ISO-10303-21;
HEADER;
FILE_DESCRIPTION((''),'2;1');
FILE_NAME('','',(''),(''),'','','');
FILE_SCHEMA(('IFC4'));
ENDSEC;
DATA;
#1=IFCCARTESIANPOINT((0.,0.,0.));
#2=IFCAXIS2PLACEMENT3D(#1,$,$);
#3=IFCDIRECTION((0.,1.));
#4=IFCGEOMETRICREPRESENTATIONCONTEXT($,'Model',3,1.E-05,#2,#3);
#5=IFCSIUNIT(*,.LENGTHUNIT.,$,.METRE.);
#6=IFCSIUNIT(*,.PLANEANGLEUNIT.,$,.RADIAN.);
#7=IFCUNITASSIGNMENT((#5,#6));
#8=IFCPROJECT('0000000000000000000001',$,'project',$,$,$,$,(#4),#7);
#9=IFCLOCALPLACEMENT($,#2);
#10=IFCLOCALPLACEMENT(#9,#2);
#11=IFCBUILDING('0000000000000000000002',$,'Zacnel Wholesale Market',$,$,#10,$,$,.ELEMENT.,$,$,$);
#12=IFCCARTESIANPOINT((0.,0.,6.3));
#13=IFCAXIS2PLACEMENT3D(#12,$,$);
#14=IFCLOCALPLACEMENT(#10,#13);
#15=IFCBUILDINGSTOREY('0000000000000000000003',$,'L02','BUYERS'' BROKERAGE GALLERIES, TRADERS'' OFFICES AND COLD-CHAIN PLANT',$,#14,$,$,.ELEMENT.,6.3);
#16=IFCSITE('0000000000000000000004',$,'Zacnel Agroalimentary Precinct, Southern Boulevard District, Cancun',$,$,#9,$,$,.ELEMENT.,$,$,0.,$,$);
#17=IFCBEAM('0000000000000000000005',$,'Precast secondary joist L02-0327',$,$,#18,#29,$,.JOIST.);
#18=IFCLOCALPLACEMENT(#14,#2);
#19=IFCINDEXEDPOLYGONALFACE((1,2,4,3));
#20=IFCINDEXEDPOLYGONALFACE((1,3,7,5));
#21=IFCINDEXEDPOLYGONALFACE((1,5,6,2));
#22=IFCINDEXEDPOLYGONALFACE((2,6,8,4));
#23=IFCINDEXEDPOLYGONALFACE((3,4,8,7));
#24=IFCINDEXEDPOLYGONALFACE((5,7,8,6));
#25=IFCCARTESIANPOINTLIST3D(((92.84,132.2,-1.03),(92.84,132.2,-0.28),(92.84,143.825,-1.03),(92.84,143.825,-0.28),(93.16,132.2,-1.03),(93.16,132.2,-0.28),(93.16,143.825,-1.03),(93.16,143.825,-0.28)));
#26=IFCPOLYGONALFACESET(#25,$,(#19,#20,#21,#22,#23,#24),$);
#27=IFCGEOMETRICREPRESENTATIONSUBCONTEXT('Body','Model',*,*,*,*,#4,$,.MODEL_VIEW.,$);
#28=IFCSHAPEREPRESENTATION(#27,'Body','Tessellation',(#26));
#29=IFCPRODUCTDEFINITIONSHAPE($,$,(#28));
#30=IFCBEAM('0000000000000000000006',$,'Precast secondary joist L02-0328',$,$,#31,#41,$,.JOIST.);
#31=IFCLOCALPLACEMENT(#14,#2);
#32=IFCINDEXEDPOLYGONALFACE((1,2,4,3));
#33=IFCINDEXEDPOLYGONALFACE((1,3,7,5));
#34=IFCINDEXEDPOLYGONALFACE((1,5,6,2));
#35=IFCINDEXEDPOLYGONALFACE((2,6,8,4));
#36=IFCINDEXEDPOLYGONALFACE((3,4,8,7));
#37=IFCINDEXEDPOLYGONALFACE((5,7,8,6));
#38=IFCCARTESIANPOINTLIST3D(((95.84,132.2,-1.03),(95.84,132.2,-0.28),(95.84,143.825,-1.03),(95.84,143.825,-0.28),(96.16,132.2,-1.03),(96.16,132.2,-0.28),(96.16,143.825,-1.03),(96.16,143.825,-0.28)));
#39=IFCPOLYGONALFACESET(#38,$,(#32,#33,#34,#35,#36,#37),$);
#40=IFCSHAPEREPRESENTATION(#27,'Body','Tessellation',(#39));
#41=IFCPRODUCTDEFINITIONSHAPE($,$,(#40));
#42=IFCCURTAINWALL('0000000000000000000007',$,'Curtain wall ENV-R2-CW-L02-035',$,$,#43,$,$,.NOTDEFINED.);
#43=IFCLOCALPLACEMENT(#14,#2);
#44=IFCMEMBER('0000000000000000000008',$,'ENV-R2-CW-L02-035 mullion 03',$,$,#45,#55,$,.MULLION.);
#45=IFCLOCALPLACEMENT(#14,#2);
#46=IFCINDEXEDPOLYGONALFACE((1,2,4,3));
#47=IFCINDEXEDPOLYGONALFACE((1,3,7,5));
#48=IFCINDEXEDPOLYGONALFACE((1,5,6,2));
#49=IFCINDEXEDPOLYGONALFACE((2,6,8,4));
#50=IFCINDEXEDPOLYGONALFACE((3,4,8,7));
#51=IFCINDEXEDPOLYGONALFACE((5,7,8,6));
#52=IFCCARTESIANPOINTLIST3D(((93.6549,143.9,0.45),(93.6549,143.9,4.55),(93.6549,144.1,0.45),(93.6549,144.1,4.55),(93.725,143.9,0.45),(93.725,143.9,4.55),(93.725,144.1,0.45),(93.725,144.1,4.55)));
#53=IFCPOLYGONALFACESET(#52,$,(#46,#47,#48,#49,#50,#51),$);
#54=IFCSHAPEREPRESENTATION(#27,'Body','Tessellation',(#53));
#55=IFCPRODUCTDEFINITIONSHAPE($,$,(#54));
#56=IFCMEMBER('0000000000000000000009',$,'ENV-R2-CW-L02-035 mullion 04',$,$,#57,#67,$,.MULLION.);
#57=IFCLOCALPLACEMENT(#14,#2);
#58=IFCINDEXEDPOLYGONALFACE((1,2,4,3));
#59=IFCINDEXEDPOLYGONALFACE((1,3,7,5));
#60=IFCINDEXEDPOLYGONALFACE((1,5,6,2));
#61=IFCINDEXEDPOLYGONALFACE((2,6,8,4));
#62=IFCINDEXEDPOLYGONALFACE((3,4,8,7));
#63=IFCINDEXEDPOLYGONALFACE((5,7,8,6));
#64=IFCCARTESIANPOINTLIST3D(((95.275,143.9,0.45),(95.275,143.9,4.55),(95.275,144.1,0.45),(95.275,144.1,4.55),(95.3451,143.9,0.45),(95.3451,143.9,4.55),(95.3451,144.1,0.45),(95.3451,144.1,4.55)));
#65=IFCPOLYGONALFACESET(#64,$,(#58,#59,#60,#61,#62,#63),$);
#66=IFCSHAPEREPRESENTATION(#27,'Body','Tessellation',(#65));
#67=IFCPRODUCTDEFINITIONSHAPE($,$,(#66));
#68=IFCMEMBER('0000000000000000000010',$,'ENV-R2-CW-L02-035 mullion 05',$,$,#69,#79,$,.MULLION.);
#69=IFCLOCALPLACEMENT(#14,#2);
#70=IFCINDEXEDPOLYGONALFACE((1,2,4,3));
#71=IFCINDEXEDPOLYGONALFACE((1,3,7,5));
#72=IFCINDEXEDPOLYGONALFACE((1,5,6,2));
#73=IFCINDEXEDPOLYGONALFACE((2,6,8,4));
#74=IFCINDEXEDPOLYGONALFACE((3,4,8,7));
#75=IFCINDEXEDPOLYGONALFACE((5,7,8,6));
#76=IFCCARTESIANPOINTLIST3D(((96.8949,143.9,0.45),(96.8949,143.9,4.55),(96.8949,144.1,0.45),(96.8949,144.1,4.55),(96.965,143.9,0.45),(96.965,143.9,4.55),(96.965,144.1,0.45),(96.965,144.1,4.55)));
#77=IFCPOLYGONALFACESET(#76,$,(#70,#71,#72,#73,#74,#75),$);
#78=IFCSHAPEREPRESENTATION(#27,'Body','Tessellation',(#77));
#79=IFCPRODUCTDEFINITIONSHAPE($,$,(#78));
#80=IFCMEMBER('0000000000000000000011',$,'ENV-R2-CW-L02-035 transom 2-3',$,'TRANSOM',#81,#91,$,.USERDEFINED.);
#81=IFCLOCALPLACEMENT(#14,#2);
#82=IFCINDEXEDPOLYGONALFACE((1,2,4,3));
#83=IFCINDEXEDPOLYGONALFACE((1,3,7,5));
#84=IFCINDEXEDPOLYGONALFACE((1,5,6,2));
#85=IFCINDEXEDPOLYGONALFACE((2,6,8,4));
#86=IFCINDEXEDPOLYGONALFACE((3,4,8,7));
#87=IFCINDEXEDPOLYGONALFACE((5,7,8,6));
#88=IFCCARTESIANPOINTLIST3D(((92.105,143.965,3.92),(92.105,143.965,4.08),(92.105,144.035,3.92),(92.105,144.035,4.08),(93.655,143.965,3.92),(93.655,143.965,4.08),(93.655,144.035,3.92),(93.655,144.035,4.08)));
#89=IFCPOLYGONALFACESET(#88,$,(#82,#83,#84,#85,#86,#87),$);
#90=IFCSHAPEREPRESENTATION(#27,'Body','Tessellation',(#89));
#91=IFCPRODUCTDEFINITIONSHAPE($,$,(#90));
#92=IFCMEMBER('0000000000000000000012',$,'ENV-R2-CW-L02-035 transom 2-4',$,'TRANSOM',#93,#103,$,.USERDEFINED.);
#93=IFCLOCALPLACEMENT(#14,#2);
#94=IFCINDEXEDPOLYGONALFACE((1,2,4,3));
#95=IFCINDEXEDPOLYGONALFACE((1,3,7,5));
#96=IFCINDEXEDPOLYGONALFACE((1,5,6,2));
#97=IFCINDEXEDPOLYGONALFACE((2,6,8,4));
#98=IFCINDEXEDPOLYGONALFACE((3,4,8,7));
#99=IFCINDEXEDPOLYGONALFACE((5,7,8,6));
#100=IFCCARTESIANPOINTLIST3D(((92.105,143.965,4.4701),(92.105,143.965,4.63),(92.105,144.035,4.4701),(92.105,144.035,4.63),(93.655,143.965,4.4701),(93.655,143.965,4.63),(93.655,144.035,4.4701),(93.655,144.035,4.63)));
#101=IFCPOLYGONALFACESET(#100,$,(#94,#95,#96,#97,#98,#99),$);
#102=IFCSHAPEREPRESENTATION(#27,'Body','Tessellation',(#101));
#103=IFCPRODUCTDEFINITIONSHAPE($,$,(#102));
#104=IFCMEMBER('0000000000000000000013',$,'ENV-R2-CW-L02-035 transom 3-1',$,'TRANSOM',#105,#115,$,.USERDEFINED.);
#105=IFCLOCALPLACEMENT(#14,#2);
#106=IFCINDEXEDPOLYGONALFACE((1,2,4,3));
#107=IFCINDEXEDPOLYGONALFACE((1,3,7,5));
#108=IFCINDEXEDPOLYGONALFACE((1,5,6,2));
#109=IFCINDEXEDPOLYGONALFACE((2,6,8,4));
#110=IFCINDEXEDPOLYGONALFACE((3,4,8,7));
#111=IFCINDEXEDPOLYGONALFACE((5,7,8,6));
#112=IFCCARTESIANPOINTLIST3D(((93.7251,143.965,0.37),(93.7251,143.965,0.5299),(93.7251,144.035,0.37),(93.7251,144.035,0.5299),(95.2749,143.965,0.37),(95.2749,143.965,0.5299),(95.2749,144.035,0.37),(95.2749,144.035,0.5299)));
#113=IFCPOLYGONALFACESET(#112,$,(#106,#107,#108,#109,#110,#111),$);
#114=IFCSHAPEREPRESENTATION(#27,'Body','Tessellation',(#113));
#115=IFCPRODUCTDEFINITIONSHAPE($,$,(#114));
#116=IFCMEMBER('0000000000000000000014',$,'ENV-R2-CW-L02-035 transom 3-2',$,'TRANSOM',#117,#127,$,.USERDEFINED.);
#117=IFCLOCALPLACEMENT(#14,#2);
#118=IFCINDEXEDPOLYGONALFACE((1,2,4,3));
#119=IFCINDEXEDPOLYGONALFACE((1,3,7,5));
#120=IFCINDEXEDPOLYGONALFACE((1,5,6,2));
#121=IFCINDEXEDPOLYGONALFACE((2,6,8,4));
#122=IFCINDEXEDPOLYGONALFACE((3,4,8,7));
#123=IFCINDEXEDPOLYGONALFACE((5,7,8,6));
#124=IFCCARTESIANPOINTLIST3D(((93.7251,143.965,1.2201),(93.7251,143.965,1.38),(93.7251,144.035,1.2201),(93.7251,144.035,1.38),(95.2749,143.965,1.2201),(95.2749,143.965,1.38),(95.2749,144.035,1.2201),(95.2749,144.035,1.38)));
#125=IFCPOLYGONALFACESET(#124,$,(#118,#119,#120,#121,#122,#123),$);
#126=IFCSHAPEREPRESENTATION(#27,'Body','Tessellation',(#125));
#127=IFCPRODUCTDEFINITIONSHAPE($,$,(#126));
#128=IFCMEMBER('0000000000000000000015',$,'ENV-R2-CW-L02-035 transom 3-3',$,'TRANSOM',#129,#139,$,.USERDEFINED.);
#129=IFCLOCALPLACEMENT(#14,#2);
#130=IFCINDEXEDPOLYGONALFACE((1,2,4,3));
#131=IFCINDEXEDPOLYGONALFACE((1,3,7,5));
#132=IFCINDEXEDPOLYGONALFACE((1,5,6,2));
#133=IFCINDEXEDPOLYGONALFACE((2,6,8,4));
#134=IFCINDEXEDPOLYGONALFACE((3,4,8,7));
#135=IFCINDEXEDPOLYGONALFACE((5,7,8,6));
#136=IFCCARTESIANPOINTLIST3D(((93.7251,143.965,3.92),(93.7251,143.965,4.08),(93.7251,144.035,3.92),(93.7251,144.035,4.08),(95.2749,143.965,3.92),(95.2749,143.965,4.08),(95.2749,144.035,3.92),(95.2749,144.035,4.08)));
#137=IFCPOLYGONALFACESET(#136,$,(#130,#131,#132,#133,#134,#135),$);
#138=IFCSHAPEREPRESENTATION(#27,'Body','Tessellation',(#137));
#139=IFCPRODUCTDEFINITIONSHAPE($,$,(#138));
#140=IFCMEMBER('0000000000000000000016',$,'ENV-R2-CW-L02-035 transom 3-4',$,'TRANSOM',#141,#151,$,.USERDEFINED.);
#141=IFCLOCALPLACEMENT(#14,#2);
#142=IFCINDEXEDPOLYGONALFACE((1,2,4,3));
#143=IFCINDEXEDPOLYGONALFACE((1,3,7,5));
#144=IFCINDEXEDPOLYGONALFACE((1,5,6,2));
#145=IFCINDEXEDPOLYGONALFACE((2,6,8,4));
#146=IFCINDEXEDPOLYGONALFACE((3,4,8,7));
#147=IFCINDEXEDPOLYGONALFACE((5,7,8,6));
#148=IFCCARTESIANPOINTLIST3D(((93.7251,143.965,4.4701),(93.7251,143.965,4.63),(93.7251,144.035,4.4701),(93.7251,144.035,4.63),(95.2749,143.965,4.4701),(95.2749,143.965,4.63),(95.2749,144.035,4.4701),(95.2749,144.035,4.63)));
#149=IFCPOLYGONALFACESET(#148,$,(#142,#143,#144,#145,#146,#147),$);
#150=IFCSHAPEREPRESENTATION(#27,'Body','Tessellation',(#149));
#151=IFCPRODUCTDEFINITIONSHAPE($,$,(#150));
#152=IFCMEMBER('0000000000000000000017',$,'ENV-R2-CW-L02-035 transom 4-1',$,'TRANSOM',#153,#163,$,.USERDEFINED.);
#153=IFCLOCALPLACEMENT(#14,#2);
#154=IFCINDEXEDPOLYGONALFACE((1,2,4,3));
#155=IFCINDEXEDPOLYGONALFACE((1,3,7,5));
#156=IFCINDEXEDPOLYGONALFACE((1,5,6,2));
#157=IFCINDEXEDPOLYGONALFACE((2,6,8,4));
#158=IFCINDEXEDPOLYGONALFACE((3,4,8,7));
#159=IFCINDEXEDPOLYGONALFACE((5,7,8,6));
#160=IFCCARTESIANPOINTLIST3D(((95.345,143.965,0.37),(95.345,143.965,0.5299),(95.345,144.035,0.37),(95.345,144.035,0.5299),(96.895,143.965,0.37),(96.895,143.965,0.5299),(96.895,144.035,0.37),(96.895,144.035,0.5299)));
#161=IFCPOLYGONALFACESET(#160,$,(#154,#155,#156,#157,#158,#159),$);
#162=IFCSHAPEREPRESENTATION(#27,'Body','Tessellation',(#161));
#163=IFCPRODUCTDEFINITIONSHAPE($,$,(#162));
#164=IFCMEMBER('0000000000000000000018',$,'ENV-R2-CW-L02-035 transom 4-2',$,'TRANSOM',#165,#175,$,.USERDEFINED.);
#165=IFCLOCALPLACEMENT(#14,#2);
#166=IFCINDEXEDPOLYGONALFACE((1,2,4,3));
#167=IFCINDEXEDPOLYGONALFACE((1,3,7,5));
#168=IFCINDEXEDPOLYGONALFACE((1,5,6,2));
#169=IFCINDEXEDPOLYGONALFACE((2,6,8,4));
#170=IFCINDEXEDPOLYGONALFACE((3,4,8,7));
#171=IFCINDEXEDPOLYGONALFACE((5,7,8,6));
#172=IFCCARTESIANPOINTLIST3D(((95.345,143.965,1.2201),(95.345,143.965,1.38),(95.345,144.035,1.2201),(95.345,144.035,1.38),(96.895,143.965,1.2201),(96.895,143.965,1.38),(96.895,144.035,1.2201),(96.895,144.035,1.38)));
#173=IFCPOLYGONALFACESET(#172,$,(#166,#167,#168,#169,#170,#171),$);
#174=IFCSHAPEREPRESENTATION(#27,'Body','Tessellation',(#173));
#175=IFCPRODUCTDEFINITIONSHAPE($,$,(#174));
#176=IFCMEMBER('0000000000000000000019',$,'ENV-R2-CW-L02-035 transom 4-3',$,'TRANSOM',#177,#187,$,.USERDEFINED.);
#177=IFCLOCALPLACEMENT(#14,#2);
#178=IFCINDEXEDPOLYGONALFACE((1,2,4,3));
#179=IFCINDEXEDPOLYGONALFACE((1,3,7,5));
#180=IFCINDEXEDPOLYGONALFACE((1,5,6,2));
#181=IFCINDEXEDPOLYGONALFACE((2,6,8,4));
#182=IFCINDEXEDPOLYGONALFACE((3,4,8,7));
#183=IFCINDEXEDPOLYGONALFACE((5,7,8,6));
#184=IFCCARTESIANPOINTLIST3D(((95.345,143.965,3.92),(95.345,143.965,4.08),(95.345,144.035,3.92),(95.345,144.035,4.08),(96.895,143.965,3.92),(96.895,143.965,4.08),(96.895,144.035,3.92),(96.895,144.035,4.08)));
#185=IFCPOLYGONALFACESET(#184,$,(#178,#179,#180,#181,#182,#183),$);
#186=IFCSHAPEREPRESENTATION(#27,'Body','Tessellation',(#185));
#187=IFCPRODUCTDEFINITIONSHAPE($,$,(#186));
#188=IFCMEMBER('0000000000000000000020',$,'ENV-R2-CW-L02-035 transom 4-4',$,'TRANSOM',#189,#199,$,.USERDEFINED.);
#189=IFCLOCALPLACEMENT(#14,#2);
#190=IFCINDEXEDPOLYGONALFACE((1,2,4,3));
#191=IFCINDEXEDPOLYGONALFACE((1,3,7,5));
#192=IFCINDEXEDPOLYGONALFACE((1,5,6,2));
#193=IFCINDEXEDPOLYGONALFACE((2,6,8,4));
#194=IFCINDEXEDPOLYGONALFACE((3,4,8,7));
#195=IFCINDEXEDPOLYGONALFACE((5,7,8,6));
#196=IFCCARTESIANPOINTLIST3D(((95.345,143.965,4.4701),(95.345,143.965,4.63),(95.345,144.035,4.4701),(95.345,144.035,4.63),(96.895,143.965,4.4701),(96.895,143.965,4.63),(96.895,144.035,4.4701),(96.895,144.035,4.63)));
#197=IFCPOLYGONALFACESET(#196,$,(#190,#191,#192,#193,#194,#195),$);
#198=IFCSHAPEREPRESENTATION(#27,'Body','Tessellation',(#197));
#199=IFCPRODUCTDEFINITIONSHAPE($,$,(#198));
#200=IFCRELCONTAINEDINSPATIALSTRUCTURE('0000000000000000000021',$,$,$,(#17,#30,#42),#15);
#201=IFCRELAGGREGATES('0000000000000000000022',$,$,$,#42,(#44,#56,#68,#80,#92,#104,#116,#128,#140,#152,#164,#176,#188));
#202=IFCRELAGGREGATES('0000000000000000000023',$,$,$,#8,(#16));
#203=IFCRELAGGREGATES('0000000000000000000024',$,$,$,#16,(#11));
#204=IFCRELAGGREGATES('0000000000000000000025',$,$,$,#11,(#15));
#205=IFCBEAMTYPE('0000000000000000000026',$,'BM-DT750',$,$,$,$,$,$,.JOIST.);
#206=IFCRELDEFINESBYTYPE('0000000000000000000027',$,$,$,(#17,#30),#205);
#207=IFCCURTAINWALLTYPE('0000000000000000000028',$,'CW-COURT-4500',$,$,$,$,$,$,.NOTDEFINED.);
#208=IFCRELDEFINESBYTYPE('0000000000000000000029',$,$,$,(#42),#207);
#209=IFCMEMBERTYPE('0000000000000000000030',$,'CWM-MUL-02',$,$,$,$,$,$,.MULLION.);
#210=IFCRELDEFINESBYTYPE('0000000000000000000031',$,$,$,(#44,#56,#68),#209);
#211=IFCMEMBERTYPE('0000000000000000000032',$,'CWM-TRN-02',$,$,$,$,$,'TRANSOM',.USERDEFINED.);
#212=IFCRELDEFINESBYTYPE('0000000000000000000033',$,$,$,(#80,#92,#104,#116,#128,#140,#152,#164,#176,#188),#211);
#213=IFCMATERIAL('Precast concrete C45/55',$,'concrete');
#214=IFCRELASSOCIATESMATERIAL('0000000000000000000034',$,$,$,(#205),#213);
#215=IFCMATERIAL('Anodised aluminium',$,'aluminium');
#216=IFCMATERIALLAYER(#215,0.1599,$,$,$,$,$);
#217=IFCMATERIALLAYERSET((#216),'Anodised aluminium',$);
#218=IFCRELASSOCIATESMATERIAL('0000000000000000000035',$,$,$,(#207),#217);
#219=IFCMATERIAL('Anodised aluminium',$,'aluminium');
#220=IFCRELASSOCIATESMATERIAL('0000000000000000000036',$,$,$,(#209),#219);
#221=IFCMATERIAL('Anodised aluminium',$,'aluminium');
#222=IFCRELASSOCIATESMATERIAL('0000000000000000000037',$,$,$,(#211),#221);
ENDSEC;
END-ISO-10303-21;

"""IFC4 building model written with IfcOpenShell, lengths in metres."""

from ifc_helpers import new_model, si_unit, direction, frame, origin, origin_2d, place, context, subcontext, project, spatial, rectangle, extrude, material, layer, layer_set, material_profile, profile_set, type_object, element, aggregate, save


model = new_model("IFC4")

# Units and contexts
model_context = context("Model", 3, precision=1e-05, world=origin(), true_north=direction((0.0, 1.0)))
body_context = subcontext(model_context, "Body", "Model", "MODEL_VIEW")
ifc_project = project(units=[si_unit("LENGTHUNIT", "METRE"), si_unit("PLANEANGLEUNIT", "RADIAN")], contexts=[model_context])

# Site, building, storey
site_placement = place(None, origin())
site = spatial("IfcSite", under=ifc_project, at=site_placement, Name="Zacnel Agroalimentary Precinct, Southern Boulevard District, Cancun", CompositionType="ELEMENT", RefElevation=0.0)
building_placement = place(site_placement, origin())
building = spatial("IfcBuilding", under=site, at=building_placement, Name="Zacnel Wholesale Market", CompositionType="ELEMENT")
storey_placement = place(building_placement, frame((0.0, 0.0, 6.3)))
storey = spatial("IfcBuildingStorey", under=building, at=storey_placement, Name="L02", Description="BUYERS' BROKERAGE GALLERIES, TRADERS' OFFICES AND COLD-CHAIN PLANT", CompositionType="ELEMENT", Elevation=6.3)

# Beams
ifc_material_1 = material(Name="Precast concrete C45/55", Category="concrete")
ifc_material_profile_1 = material_profile(ifc_material_1, rectangle(XDim=0.3201, YDim=0.75, at=origin_2d()), Name="DT RIB 320x750")
ifc_profile_set_1 = profile_set([ifc_material_profile_1], Name="Precast concrete C45/55")
beam_type = type_object("IfcBeamType", Name="BM-DT750", PredefinedType="JOIST", material=ifc_profile_set_1)
for number, where, z_axis, x_axis, name in (
    (1, (93.0, 132.2, -0.655), (0.0, 1.0, 0.0), (-1.0, 0.0, 0.0), "Precast secondary joist L02-0327"),
    (2, (96.0, 132.2, -0.655), (0.0, 1.0, 0.0), (-1.0, 0.0, 0.0), "Precast secondary joist L02-0328"),
):
    element("IfcBeam", number, at=place(storey_placement, frame(where, z_axis=z_axis, x_axis=x_axis)), inside=storey, type_object=beam_type, Name=name, PredefinedType="JOIST", context=body_context, shape_type="SweptSolid", body=[
        extrude(rectangle(XDim=0.3201, YDim=0.75, at=origin_2d()), origin(), (0.0, 0.0, 1.0), 11.625),
    ])

# Curtain wall, members
ifc_material_2 = material(Name="Anodised aluminium", Category="aluminium")
ifc_layer_1 = layer(ifc_material_2, 0.1599)
ifc_layer_set_1 = layer_set([ifc_layer_1], Name="Anodised aluminium")
curtain_wall_type = type_object("IfcCurtainWallType", Name="CW-COURT-4500", PredefinedType="NOTDEFINED", material=ifc_layer_set_1)
curtain_wall_placement = place(storey_placement, origin())
curtain_wall = element("IfcCurtainWall", 3, at=curtain_wall_placement, inside=storey, type_object=curtain_wall_type, Name="Curtain wall ENV-R2-CW-L02-035", PredefinedType="NOTDEFINED")
ifc_material_3 = material(Name="Anodised aluminium", Category="aluminium")
ifc_material_profile_2 = material_profile(ifc_material_3, rectangle(XDim=0.0701, YDim=0.2, at=origin_2d()), Name="AW-MULLION 70x200")
ifc_profile_set_2 = profile_set([ifc_material_profile_2], Name="Anodised aluminium")
member_type_1 = type_object("IfcMemberType", Name="CWM-MUL-02", PredefinedType="MULLION", material=ifc_profile_set_2)
member_1_placement = place(storey_placement, frame((93.6899, 144.0, 0.45), z_axis=(0.0, 0.0, 1.0), x_axis=(1.0, 0.0, 0.0)))
member_1 = element("IfcMember", 4, at=member_1_placement, type_object=member_type_1, Name="ENV-R2-CW-L02-035 mullion 03", PredefinedType="MULLION", context=body_context, shape_type="SweptSolid", body=[
    extrude(rectangle(XDim=0.0701, YDim=0.2, at=origin_2d()), origin(), (0.0, 0.0, 1.0), 4.1001),
])
member_2_placement = place(storey_placement, frame((95.3101, 144.0, 0.45), z_axis=(0.0, 0.0, 1.0), x_axis=(1.0, 0.0, 0.0)))
member_2 = element("IfcMember", 5, at=member_2_placement, type_object=member_type_1, Name="ENV-R2-CW-L02-035 mullion 04", PredefinedType="MULLION", context=body_context, shape_type="SweptSolid", body=[
    extrude(rectangle(XDim=0.0701, YDim=0.2, at=origin_2d()), origin(), (0.0, 0.0, 1.0), 4.1001),
])
member_3_placement = place(storey_placement, frame((96.9299, 144.0, 0.45), z_axis=(0.0, 0.0, 1.0), x_axis=(1.0, 0.0, 0.0)))
member_3 = element("IfcMember", 6, at=member_3_placement, type_object=member_type_1, Name="ENV-R2-CW-L02-035 mullion 05", PredefinedType="MULLION", context=body_context, shape_type="SweptSolid", body=[
    extrude(rectangle(XDim=0.0701, YDim=0.2, at=origin_2d()), origin(), (0.0, 0.0, 1.0), 4.1001),
])
ifc_material_4 = material(Name="Anodised aluminium", Category="aluminium")
ifc_material_profile_3 = material_profile(ifc_material_4, rectangle(XDim=0.0701, YDim=0.1599, at=origin_2d()), Name="AW-TRANSOM 70x160")
ifc_profile_set_3 = profile_set([ifc_material_profile_3], Name="Anodised aluminium")
member_type_2 = type_object("IfcMemberType", Name="CWM-TRN-02", ElementType="TRANSOM", PredefinedType="USERDEFINED", material=ifc_profile_set_3)
member_4_placement = place(storey_placement, frame((92.105, 144.0, 4.0), z_axis=(1.0, 0.0, 0.0), x_axis=(0.0, 1.0, 0.0)))
member_4 = element("IfcMember", 7, at=member_4_placement, type_object=member_type_2, Name="ENV-R2-CW-L02-035 transom 2-3", ObjectType="TRANSOM", PredefinedType="USERDEFINED", context=body_context, shape_type="SweptSolid", body=[
    extrude(rectangle(XDim=0.0701, YDim=0.1599, at=origin_2d()), origin(), (0.0, 0.0, 1.0), 1.55),
])
member_5_placement = place(storey_placement, frame((92.105, 144.0, 4.55), z_axis=(1.0, 0.0, 0.0), x_axis=(0.0, 1.0, 0.0)))
member_5 = element("IfcMember", 8, at=member_5_placement, type_object=member_type_2, Name="ENV-R2-CW-L02-035 transom 2-4", ObjectType="TRANSOM", PredefinedType="USERDEFINED", context=body_context, shape_type="SweptSolid", body=[
    extrude(rectangle(XDim=0.0701, YDim=0.1599, at=origin_2d()), origin(), (0.0, 0.0, 1.0), 1.55),
])
member_6_placement = place(storey_placement, frame((93.7251, 144.0, 0.45), z_axis=(1.0, 0.0, 0.0), x_axis=(0.0, 1.0, 0.0)))
member_6 = element("IfcMember", 9, at=member_6_placement, type_object=member_type_2, Name="ENV-R2-CW-L02-035 transom 3-1", ObjectType="TRANSOM", PredefinedType="USERDEFINED", context=body_context, shape_type="SweptSolid", body=[
    extrude(rectangle(XDim=0.0701, YDim=0.1599, at=origin_2d()), origin(), (0.0, 0.0, 1.0), 1.5498),
])
member_7_placement = place(storey_placement, frame((93.7251, 144.0, 1.3), z_axis=(1.0, 0.0, 0.0), x_axis=(0.0, 1.0, 0.0)))
member_7 = element("IfcMember", 10, at=member_7_placement, type_object=member_type_2, Name="ENV-R2-CW-L02-035 transom 3-2", ObjectType="TRANSOM", PredefinedType="USERDEFINED", context=body_context, shape_type="SweptSolid", body=[
    extrude(rectangle(XDim=0.0701, YDim=0.1599, at=origin_2d()), origin(), (0.0, 0.0, 1.0), 1.5498),
])
member_8_placement = place(storey_placement, frame((93.7251, 144.0, 4.0), z_axis=(1.0, 0.0, 0.0), x_axis=(0.0, 1.0, 0.0)))
member_8 = element("IfcMember", 11, at=member_8_placement, type_object=member_type_2, Name="ENV-R2-CW-L02-035 transom 3-3", ObjectType="TRANSOM", PredefinedType="USERDEFINED", context=body_context, shape_type="SweptSolid", body=[
    extrude(rectangle(XDim=0.0701, YDim=0.1599, at=origin_2d()), origin(), (0.0, 0.0, 1.0), 1.5498),
])
member_9_placement = place(storey_placement, frame((93.7251, 144.0, 4.55), z_axis=(1.0, 0.0, 0.0), x_axis=(0.0, 1.0, 0.0)))
member_9 = element("IfcMember", 12, at=member_9_placement, type_object=member_type_2, Name="ENV-R2-CW-L02-035 transom 3-4", ObjectType="TRANSOM", PredefinedType="USERDEFINED", context=body_context, shape_type="SweptSolid", body=[
    extrude(rectangle(XDim=0.0701, YDim=0.1599, at=origin_2d()), origin(), (0.0, 0.0, 1.0), 1.5498),
])
member_10_placement = place(storey_placement, frame((95.345, 144.0, 0.45), z_axis=(1.0, 0.0, 0.0), x_axis=(0.0, 1.0, 0.0)))
member_10 = element("IfcMember", 13, at=member_10_placement, type_object=member_type_2, Name="ENV-R2-CW-L02-035 transom 4-1", ObjectType="TRANSOM", PredefinedType="USERDEFINED", context=body_context, shape_type="SweptSolid", body=[
    extrude(rectangle(XDim=0.0701, YDim=0.1599, at=origin_2d()), origin(), (0.0, 0.0, 1.0), 1.55),
])
member_11_placement = place(storey_placement, frame((95.345, 144.0, 1.3), z_axis=(1.0, 0.0, 0.0), x_axis=(0.0, 1.0, 0.0)))
member_11 = element("IfcMember", 14, at=member_11_placement, type_object=member_type_2, Name="ENV-R2-CW-L02-035 transom 4-2", ObjectType="TRANSOM", PredefinedType="USERDEFINED", context=body_context, shape_type="SweptSolid", body=[
    extrude(rectangle(XDim=0.0701, YDim=0.1599, at=origin_2d()), origin(), (0.0, 0.0, 1.0), 1.55),
])
member_12_placement = place(storey_placement, frame((95.345, 144.0, 4.0), z_axis=(1.0, 0.0, 0.0), x_axis=(0.0, 1.0, 0.0)))
member_12 = element("IfcMember", 15, at=member_12_placement, type_object=member_type_2, Name="ENV-R2-CW-L02-035 transom 4-3", ObjectType="TRANSOM", PredefinedType="USERDEFINED", context=body_context, shape_type="SweptSolid", body=[
    extrude(rectangle(XDim=0.0701, YDim=0.1599, at=origin_2d()), origin(), (0.0, 0.0, 1.0), 1.55),
])
member_13_placement = place(storey_placement, frame((95.345, 144.0, 4.55), z_axis=(1.0, 0.0, 0.0), x_axis=(0.0, 1.0, 0.0)))
member_13 = element("IfcMember", 16, at=member_13_placement, type_object=member_type_2, Name="ENV-R2-CW-L02-035 transom 4-4", ObjectType="TRANSOM", PredefinedType="USERDEFINED", context=body_context, shape_type="SweptSolid", body=[
    extrude(rectangle(XDim=0.0701, YDim=0.1599, at=origin_2d()), origin(), (0.0, 0.0, 1.0), 1.55),
])
aggregate(curtain_wall, [member_1, member_2, member_3, member_4, member_5, member_6, member_7, member_8, member_9, member_10, member_11, member_12, member_13])

save(model, "model.ifc")
